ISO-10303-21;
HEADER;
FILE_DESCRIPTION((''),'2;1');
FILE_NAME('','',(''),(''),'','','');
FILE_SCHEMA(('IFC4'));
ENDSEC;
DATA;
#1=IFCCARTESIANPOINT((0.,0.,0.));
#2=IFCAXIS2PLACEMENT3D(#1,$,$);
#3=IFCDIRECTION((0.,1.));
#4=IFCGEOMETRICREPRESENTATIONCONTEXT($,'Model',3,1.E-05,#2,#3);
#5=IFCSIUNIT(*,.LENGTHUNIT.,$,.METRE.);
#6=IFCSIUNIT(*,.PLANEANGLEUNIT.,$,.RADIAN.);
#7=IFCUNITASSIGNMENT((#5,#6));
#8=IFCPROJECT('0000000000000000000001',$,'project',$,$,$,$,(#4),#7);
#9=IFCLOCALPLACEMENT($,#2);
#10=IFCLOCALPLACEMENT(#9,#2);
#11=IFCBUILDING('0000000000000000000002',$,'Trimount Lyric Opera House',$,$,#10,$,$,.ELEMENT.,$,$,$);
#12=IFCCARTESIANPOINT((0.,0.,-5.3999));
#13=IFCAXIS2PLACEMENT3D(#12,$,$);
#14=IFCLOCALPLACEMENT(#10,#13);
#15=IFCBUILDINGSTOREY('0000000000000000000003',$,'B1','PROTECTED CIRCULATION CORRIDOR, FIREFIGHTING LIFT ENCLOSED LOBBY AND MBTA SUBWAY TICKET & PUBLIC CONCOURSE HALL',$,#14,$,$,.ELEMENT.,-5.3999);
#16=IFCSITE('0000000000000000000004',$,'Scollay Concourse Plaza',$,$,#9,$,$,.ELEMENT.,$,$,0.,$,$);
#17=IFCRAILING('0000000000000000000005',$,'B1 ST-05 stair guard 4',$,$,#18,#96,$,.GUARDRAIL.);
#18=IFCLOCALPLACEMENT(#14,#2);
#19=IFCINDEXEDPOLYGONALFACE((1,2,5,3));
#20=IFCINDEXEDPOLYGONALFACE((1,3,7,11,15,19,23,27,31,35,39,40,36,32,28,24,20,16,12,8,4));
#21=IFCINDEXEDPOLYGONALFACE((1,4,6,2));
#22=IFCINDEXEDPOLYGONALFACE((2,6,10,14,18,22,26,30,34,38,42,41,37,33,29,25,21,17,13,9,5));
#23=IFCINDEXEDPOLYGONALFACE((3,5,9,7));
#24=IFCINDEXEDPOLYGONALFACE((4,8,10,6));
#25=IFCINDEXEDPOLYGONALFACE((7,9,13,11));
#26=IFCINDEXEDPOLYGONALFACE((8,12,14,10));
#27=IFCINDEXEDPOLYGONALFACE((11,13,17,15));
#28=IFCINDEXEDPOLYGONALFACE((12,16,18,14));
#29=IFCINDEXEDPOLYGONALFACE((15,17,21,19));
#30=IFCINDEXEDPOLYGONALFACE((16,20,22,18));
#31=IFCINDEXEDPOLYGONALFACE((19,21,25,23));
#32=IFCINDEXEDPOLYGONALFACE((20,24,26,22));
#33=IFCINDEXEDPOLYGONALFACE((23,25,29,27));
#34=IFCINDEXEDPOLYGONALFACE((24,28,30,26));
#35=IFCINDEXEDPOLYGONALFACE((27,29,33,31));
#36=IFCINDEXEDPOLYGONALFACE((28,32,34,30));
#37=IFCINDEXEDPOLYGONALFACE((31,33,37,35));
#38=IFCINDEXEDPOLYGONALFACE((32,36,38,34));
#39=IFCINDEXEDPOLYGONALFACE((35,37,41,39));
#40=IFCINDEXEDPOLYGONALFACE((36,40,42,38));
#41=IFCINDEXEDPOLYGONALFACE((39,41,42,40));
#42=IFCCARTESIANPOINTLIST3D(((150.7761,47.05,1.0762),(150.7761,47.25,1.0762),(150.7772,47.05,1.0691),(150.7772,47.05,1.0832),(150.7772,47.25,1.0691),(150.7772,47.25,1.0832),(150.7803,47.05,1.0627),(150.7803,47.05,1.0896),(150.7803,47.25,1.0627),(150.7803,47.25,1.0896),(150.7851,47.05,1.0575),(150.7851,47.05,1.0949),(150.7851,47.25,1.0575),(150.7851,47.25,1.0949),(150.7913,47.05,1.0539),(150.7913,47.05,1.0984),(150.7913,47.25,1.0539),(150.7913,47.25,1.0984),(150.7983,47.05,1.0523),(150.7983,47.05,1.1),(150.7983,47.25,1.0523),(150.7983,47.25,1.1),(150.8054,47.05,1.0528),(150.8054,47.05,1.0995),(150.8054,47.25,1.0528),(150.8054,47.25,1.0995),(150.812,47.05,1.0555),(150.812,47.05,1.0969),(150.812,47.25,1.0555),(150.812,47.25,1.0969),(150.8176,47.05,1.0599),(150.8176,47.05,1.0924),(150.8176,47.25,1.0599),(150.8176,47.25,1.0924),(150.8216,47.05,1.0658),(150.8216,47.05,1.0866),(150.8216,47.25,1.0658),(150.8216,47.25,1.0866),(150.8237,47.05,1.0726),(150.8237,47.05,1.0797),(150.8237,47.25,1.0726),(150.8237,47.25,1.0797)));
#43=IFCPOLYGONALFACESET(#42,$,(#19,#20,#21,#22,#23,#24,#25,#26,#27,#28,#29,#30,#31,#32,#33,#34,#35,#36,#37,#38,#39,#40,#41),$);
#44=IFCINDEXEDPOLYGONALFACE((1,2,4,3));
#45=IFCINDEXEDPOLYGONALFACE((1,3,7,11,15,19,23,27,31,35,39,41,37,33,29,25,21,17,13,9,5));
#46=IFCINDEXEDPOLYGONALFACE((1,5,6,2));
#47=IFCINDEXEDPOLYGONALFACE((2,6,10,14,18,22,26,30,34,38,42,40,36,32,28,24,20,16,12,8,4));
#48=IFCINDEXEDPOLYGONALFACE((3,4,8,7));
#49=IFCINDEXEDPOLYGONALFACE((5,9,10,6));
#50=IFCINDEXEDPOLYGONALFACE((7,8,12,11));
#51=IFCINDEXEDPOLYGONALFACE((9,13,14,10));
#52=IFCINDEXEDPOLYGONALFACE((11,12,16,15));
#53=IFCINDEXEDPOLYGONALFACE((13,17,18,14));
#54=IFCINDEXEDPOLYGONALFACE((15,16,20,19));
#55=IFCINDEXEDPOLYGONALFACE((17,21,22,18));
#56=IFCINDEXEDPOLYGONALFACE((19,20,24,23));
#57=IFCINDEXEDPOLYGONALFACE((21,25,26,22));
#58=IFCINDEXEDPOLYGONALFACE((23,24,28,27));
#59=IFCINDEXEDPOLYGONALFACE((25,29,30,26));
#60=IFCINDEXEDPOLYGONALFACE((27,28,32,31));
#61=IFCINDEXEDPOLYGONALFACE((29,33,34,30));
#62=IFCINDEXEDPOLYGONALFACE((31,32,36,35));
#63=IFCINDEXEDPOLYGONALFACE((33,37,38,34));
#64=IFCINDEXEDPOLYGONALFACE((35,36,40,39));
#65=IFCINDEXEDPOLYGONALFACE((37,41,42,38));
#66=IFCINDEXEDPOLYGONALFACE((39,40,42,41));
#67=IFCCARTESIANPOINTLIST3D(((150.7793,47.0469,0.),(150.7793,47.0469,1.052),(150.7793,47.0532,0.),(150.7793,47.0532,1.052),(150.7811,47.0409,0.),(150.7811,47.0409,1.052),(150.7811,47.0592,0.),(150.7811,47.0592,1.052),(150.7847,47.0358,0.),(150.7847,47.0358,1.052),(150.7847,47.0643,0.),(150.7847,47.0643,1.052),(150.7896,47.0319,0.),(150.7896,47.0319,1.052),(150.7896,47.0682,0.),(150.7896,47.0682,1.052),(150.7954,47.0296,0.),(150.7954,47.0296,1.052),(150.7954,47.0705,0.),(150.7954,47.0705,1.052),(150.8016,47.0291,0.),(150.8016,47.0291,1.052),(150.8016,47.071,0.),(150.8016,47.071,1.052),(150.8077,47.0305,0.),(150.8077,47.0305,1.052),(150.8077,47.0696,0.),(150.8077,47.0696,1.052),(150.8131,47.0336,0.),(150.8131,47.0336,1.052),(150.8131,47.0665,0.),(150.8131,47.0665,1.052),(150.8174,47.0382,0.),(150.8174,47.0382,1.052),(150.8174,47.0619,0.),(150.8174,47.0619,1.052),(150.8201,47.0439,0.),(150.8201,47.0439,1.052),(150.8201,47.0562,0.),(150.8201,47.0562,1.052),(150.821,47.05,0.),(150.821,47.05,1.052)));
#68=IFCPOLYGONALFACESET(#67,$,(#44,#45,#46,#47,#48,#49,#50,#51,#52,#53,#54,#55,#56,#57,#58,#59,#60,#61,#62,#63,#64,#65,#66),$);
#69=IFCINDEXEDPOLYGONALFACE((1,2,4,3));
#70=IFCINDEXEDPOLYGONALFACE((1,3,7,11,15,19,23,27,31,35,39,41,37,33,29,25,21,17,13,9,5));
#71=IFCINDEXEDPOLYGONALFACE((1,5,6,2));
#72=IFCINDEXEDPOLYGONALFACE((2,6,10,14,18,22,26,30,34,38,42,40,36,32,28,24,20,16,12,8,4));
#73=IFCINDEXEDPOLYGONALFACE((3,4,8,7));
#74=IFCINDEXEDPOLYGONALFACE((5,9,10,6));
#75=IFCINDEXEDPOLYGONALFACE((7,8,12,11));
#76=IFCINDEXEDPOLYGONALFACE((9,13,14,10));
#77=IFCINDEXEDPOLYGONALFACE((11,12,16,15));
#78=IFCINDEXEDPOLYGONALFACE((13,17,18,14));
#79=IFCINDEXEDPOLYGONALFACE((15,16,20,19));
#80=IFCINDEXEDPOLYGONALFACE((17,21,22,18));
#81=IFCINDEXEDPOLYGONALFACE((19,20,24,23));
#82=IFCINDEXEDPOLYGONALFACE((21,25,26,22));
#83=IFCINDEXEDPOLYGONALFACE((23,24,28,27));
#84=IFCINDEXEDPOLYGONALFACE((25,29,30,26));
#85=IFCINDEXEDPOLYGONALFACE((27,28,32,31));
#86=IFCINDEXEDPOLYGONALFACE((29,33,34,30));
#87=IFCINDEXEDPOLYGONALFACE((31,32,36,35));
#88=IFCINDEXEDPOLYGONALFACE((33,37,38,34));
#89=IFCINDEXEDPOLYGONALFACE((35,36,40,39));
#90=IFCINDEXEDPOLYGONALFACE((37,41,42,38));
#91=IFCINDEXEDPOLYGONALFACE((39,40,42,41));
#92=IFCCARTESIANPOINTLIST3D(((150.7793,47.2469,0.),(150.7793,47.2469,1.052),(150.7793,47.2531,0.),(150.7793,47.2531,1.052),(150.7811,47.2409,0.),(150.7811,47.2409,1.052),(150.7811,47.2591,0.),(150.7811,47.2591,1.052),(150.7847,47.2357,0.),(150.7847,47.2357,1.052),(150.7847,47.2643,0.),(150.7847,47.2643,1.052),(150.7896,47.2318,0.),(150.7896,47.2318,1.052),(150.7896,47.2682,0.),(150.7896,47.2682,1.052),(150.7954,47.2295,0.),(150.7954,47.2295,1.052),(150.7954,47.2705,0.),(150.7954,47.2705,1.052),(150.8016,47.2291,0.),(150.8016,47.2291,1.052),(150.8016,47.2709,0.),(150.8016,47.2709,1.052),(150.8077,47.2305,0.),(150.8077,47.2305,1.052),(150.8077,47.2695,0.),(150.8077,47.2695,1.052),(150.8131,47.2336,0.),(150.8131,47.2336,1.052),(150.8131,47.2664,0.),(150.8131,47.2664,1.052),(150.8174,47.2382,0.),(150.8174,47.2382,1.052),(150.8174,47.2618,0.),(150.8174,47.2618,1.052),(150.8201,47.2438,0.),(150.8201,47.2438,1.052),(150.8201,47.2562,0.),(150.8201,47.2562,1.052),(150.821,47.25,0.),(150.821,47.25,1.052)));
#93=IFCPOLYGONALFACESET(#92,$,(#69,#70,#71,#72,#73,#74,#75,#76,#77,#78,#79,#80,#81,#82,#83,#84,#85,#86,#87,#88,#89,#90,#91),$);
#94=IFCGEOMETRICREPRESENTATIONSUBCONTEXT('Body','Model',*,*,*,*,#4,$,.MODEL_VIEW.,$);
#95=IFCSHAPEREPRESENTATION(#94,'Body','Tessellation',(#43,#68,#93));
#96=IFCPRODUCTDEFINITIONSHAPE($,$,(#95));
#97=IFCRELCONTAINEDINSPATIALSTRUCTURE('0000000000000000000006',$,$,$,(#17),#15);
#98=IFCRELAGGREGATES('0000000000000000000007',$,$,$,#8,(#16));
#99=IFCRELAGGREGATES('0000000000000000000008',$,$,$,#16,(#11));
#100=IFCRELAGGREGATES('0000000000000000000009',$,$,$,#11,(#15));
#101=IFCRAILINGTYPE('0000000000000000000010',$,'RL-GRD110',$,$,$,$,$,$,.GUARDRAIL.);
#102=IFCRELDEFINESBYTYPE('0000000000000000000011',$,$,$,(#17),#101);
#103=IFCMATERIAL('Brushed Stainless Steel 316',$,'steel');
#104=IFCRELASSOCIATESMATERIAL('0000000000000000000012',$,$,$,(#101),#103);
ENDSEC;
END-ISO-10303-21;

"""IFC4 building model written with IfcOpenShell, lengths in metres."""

from ifc_helpers import new_model, si_unit, direction, frame, origin, origin_2d, place, context, subcontext, project, spatial, circle, extrude, material, type_object, element, save


model = new_model("IFC4")

# Units and contexts
model_context = context("Model", 3, precision=1e-05, world=origin(), true_north=direction((0.0, 1.0)))
body_context = subcontext(model_context, "Body", "Model", "MODEL_VIEW")
ifc_project = project(units=[si_unit("LENGTHUNIT", "METRE"), si_unit("PLANEANGLEUNIT", "RADIAN")], contexts=[model_context])

# Site, building, storey
site_placement = place(None, origin())
site = spatial("IfcSite", under=ifc_project, at=site_placement, Name="Scollay Concourse Plaza", CompositionType="ELEMENT", RefElevation=0.0)
building_placement = place(site_placement, origin())
building = spatial("IfcBuilding", under=site, at=building_placement, Name="Trimount Lyric Opera House", CompositionType="ELEMENT")
storey_placement = place(building_placement, frame((0.0, 0.0, -5.3999)))
storey = spatial("IfcBuildingStorey", under=building, at=storey_placement, Name="B1", Description="PROTECTED CIRCULATION CORRIDOR, FIREFIGHTING LIFT ENCLOSED LOBBY AND MBTA SUBWAY TICKET & PUBLIC CONCOURSE HALL", CompositionType="ELEMENT", Elevation=-5.3999)

# Railing
ifc_material_1 = material(Name="Brushed Stainless Steel 316", Category="steel")
railing_type_1 = type_object("IfcRailingType", Name="RL-GRD110", PredefinedType="GUARDRAIL", material=ifc_material_1)
railing_1_placement = place(storey_placement, frame((150.8, 47.05, 0.0)))
element("IfcRailing", 1, at=railing_1_placement, inside=storey, type_object=railing_type_1, Name="B1 ST-05 stair guard 4", PredefinedType="GUARDRAIL", context=body_context, shape_type="SweptSolid", body=[
    extrude(circle(Radius=0.0239, at=origin_2d()), frame((0.0, 0.0, 1.0762), z_axis=(0.0, 1.0, 0.0), x_axis=(-1.0, 0.0, 0.0)), (0.0, 0.0, 1.0), 0.2),
    extrude(circle(Radius=0.021, at=origin_2d()), origin(), (0.0, 0.0, 1.0), 1.052),
    extrude(circle(Radius=0.021, at=origin_2d()), frame((0.0, 0.2, 0.0)), (0.0, 0.0, 1.0), 1.052),
])

save(model, "model.ifc")
